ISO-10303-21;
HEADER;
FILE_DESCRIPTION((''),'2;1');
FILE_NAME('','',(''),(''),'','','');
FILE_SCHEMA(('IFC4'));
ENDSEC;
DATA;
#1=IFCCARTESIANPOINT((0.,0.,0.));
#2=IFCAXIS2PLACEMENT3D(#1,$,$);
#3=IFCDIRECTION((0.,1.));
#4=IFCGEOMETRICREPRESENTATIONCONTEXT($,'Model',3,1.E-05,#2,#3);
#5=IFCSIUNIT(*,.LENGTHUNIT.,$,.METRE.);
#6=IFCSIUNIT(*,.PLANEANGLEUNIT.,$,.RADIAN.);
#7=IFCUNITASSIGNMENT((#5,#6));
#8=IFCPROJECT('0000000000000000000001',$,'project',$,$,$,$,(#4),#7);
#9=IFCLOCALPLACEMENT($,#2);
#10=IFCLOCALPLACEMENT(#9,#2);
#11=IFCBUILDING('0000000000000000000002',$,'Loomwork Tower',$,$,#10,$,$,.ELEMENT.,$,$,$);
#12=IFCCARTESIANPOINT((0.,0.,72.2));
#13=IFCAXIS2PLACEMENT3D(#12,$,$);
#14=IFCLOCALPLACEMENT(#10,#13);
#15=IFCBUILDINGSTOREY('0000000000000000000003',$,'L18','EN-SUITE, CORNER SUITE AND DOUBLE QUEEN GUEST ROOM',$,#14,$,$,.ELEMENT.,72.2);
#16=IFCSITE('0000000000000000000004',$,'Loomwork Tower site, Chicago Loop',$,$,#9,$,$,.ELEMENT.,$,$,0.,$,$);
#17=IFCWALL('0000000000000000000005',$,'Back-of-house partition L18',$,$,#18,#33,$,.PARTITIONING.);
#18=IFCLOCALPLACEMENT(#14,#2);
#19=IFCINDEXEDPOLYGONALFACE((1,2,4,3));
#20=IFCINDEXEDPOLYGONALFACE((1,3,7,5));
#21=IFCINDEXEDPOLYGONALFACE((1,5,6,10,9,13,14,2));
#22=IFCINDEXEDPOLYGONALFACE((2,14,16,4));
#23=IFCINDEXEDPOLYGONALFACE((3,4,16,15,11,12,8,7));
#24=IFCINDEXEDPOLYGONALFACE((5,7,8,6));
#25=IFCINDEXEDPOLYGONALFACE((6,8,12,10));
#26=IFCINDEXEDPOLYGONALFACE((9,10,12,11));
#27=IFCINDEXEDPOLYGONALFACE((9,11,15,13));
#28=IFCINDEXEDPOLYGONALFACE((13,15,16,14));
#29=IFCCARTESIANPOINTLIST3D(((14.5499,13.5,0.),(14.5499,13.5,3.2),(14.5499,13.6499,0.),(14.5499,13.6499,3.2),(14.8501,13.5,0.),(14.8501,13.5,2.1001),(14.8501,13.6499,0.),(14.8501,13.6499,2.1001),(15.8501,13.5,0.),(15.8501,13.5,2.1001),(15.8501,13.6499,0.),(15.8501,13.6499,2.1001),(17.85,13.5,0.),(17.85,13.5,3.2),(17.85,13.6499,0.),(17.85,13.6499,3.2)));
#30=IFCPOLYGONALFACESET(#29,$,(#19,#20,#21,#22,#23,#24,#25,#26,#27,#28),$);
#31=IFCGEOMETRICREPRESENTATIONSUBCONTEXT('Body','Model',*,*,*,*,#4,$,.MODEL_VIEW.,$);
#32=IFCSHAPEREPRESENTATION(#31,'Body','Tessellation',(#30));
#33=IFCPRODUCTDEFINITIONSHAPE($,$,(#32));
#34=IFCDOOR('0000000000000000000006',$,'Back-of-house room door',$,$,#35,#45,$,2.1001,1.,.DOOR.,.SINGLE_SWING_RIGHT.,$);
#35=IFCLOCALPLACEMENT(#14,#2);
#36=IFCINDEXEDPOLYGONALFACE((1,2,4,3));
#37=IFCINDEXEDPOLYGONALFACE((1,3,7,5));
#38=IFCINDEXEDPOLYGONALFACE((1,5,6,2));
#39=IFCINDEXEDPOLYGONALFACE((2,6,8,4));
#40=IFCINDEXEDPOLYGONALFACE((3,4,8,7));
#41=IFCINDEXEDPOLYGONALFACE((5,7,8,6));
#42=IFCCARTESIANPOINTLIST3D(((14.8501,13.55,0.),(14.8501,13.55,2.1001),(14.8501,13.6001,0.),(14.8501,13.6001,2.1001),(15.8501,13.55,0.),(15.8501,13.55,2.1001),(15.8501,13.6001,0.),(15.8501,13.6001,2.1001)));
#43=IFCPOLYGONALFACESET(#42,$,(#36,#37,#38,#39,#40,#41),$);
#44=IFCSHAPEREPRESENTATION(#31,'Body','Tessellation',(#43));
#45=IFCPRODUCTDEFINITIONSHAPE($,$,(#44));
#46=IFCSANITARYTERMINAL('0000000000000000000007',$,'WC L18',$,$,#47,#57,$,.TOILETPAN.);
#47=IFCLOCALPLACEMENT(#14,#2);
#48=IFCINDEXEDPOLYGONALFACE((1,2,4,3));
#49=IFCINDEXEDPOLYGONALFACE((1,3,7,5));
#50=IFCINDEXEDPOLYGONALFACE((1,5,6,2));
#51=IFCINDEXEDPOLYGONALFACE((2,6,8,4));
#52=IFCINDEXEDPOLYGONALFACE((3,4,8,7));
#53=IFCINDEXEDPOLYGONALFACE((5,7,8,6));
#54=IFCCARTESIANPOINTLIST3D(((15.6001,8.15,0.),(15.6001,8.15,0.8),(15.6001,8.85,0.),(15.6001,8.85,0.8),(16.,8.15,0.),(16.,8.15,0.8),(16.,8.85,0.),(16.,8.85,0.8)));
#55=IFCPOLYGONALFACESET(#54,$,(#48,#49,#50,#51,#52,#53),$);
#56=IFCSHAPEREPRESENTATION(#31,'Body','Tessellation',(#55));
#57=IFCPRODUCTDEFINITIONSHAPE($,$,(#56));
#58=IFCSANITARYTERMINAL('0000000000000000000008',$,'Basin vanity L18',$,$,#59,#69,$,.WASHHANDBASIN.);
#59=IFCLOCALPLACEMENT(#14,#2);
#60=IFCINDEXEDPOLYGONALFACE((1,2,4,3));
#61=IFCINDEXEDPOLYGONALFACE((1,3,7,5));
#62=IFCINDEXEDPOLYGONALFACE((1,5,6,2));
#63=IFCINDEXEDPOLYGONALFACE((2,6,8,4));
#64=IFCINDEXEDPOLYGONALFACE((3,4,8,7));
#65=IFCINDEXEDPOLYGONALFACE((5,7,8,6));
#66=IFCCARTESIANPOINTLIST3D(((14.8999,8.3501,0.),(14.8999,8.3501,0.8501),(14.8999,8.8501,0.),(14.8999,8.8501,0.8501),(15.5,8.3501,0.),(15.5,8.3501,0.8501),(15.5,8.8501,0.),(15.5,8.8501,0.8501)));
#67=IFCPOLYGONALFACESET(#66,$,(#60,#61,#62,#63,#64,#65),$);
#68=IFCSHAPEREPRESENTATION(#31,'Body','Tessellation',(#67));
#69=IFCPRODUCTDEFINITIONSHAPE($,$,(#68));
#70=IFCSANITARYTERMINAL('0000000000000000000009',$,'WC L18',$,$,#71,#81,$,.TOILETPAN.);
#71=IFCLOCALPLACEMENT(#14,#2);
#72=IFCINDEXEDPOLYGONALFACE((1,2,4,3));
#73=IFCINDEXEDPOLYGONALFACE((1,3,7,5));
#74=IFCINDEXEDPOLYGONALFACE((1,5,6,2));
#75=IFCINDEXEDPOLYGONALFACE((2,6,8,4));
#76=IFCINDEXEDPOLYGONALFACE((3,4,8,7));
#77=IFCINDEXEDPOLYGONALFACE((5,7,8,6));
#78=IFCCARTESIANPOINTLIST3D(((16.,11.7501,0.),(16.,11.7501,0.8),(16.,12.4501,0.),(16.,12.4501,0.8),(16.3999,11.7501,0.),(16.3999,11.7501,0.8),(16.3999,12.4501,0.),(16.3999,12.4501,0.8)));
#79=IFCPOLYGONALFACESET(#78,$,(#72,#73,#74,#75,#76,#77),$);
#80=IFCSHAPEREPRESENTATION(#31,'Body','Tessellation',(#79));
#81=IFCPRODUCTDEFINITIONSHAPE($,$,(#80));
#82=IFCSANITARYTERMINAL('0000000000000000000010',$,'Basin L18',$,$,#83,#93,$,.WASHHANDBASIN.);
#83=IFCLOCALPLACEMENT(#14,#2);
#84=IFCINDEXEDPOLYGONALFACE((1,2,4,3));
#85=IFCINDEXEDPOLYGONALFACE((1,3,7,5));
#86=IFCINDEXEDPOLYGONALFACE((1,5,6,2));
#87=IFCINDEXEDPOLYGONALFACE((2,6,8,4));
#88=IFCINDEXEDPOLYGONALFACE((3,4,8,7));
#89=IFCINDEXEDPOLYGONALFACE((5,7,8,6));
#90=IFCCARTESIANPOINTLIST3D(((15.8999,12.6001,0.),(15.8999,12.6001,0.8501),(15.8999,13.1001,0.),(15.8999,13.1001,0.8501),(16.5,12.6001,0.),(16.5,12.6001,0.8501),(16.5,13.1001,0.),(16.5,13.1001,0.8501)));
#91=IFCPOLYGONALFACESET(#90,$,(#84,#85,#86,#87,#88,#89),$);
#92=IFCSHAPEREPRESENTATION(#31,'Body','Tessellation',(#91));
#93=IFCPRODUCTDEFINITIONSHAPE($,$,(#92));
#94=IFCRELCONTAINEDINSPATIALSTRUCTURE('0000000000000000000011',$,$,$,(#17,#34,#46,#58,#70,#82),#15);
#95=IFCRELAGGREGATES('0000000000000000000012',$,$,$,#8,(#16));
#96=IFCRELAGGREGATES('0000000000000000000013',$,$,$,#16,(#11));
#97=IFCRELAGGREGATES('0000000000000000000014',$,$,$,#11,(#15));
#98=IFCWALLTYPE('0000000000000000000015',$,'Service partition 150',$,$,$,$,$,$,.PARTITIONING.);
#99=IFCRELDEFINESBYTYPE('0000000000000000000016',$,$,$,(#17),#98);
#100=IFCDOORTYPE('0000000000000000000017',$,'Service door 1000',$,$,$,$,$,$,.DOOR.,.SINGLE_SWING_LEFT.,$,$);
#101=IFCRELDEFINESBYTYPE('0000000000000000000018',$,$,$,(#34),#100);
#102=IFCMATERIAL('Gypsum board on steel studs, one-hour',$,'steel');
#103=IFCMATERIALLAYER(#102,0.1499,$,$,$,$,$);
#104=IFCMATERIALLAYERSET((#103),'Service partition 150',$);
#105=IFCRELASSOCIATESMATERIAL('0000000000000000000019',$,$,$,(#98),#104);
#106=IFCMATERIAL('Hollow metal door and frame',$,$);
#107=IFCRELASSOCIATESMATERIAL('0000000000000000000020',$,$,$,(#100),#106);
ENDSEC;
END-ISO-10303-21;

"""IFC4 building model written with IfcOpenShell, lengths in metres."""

from ifc_helpers import new_model, si_unit, direction, frame, frame_2d, origin, origin_2d, place, context, subcontext, project, spatial, rectangle, extrude, material, layer, layer_set, type_object, element, fill, save


model = new_model("IFC4")

# Units and contexts
model_context = context("Model", 3, precision=1e-05, world=origin(), true_north=direction((0.0, 1.0)))
body_context = subcontext(model_context, "Body", "Model", "MODEL_VIEW")
ifc_project = project(units=[si_unit("LENGTHUNIT", "METRE"), si_unit("PLANEANGLEUNIT", "RADIAN")], contexts=[model_context])

# Site, building, storey
site_placement = place(None, origin())
site = spatial("IfcSite", under=ifc_project, at=site_placement, Name="Loomwork Tower site, Chicago Loop", CompositionType="ELEMENT", RefElevation=0.0)
building_placement = place(site_placement, origin())
building = spatial("IfcBuilding", under=site, at=building_placement, Name="Loomwork Tower", CompositionType="ELEMENT")
storey_placement = place(building_placement, frame((0.0, 0.0, 72.2)))
storey = spatial("IfcBuildingStorey", under=building, at=storey_placement, Name="L18", Description="EN-SUITE, CORNER SUITE AND DOUBLE QUEEN GUEST ROOM", CompositionType="ELEMENT", Elevation=72.2)

# Wall, opening, door
ifc_material_1 = material(Name="Gypsum board on steel studs, one-hour", Category="steel")
ifc_layer_1 = layer(ifc_material_1, 0.1499)
ifc_layer_set_1 = layer_set([ifc_layer_1], Name="Service partition 150")
wall_type_1 = type_object("IfcWallType", Name="Service partition 150", PredefinedType="PARTITIONING", material=ifc_layer_set_1)
wall_1_placement = place(storey_placement, frame((14.55, 13.575, 0.0), z_axis=(0.0, 0.0, 1.0), x_axis=(1.0, 0.0, 0.0)))
wall_1 = element("IfcWall", 1, at=wall_1_placement, inside=storey, type_object=wall_type_1, Name="Back-of-house partition L18", PredefinedType="PARTITIONING", context=body_context, shape_type="SweptSolid", body=[
    extrude(rectangle(XDim=3.3, YDim=0.1499, at=frame_2d((1.6499, 0.0))), origin(), (0.0, 0.0, 1.0), 3.2),
])
opening_1_placement = place(wall_1_placement, frame((0.3, 0.0, 0.0)))
opening_1 = element("IfcOpeningElement", 2, at=opening_1_placement, cuts=wall_1, PredefinedType="OPENING", context=body_context, shape_type="SweptSolid", body=[
    extrude(rectangle(XDim=1.0, YDim=2.1001, at=frame_2d((0.5, 1.05))), frame((0.0, 0.085, 0.0), z_axis=(0.0, -1.0, 0.0), x_axis=(1.0, 0.0, 0.0)), (0.0, 0.0, 1.0), 0.1699),
])
ifc_material_2 = material(Name="Hollow metal door and frame")
door_type_1 = type_object("IfcDoorType", Name="Service door 1000", OperationType="SINGLE_SWING_LEFT", PredefinedType="DOOR", material=ifc_material_2)
door_1_placement = place(opening_1_placement, frame((1.0, 0.0, 0.0), z_axis=(0.0, 0.0, 1.0), x_axis=(-1.0, 0.0, 0.0)))
door_1 = element("IfcDoor", 3, at=door_1_placement, inside=storey, type_object=door_type_1, Name="Back-of-house room door", OperationType="SINGLE_SWING_RIGHT", OverallHeight=2.1001, OverallWidth=1.0, PredefinedType="DOOR", context=body_context, shape_type="SweptSolid", body=[
    extrude(rectangle(XDim=1.0, YDim=2.1001, at=frame_2d((0.5, 1.05))), frame((0.0, 0.0249, 0.0), z_axis=(0.0, -1.0, 0.0), x_axis=(1.0, 0.0, 0.0)), (0.0, 0.0, 1.0), 0.05),
])
fill(opening_1, door_1)

# Sanitary terminals
sanitary_terminal_1_placement = place(storey_placement, frame((15.8, 8.5, 0.0), z_axis=(0.0, 0.0, 1.0), x_axis=(1.0, 0.0, 0.0)))
element("IfcSanitaryTerminal", 4, at=sanitary_terminal_1_placement, inside=storey, Name="WC L18", PredefinedType="TOILETPAN", context=body_context, shape_type="SweptSolid", body=[
    extrude(rectangle(XDim=0.3999, YDim=0.7, at=origin_2d()), origin(), (0.0, 0.0, 1.0), 0.8),
])
sanitary_terminal_2_placement = place(storey_placement, frame((15.2, 8.6001, 0.0), z_axis=(0.0, 0.0, 1.0), x_axis=(1.0, 0.0, 0.0)))
element("IfcSanitaryTerminal", 5, at=sanitary_terminal_2_placement, inside=storey, Name="Basin vanity L18", PredefinedType="WASHHANDBASIN", context=body_context, shape_type="SweptSolid", body=[
    extrude(rectangle(XDim=0.6001, YDim=0.5, at=origin_2d()), origin(), (0.0, 0.0, 1.0), 0.8501),
])
sanitary_terminal_3_placement = place(storey_placement, frame((16.2, 12.1001, 0.0), z_axis=(0.0, 0.0, 1.0), x_axis=(1.0, 0.0, 0.0)))
element("IfcSanitaryTerminal", 6, at=sanitary_terminal_3_placement, inside=storey, Name="WC L18", PredefinedType="TOILETPAN", context=body_context, shape_type="SweptSolid", body=[
    extrude(rectangle(XDim=0.3999, YDim=0.7, at=origin_2d()), origin(), (0.0, 0.0, 1.0), 0.8),
])
sanitary_terminal_4_placement = place(storey_placement, frame((16.2, 12.8501, 0.0), z_axis=(0.0, 0.0, 1.0), x_axis=(1.0, 0.0, 0.0)))
element("IfcSanitaryTerminal", 7, at=sanitary_terminal_4_placement, inside=storey, Name="Basin L18", PredefinedType="WASHHANDBASIN", context=body_context, shape_type="SweptSolid", body=[
    extrude(rectangle(XDim=0.6001, YDim=0.5, at=origin_2d()), origin(), (0.0, 0.0, 1.0), 0.8501),
])

save(model, "model.ifc")
